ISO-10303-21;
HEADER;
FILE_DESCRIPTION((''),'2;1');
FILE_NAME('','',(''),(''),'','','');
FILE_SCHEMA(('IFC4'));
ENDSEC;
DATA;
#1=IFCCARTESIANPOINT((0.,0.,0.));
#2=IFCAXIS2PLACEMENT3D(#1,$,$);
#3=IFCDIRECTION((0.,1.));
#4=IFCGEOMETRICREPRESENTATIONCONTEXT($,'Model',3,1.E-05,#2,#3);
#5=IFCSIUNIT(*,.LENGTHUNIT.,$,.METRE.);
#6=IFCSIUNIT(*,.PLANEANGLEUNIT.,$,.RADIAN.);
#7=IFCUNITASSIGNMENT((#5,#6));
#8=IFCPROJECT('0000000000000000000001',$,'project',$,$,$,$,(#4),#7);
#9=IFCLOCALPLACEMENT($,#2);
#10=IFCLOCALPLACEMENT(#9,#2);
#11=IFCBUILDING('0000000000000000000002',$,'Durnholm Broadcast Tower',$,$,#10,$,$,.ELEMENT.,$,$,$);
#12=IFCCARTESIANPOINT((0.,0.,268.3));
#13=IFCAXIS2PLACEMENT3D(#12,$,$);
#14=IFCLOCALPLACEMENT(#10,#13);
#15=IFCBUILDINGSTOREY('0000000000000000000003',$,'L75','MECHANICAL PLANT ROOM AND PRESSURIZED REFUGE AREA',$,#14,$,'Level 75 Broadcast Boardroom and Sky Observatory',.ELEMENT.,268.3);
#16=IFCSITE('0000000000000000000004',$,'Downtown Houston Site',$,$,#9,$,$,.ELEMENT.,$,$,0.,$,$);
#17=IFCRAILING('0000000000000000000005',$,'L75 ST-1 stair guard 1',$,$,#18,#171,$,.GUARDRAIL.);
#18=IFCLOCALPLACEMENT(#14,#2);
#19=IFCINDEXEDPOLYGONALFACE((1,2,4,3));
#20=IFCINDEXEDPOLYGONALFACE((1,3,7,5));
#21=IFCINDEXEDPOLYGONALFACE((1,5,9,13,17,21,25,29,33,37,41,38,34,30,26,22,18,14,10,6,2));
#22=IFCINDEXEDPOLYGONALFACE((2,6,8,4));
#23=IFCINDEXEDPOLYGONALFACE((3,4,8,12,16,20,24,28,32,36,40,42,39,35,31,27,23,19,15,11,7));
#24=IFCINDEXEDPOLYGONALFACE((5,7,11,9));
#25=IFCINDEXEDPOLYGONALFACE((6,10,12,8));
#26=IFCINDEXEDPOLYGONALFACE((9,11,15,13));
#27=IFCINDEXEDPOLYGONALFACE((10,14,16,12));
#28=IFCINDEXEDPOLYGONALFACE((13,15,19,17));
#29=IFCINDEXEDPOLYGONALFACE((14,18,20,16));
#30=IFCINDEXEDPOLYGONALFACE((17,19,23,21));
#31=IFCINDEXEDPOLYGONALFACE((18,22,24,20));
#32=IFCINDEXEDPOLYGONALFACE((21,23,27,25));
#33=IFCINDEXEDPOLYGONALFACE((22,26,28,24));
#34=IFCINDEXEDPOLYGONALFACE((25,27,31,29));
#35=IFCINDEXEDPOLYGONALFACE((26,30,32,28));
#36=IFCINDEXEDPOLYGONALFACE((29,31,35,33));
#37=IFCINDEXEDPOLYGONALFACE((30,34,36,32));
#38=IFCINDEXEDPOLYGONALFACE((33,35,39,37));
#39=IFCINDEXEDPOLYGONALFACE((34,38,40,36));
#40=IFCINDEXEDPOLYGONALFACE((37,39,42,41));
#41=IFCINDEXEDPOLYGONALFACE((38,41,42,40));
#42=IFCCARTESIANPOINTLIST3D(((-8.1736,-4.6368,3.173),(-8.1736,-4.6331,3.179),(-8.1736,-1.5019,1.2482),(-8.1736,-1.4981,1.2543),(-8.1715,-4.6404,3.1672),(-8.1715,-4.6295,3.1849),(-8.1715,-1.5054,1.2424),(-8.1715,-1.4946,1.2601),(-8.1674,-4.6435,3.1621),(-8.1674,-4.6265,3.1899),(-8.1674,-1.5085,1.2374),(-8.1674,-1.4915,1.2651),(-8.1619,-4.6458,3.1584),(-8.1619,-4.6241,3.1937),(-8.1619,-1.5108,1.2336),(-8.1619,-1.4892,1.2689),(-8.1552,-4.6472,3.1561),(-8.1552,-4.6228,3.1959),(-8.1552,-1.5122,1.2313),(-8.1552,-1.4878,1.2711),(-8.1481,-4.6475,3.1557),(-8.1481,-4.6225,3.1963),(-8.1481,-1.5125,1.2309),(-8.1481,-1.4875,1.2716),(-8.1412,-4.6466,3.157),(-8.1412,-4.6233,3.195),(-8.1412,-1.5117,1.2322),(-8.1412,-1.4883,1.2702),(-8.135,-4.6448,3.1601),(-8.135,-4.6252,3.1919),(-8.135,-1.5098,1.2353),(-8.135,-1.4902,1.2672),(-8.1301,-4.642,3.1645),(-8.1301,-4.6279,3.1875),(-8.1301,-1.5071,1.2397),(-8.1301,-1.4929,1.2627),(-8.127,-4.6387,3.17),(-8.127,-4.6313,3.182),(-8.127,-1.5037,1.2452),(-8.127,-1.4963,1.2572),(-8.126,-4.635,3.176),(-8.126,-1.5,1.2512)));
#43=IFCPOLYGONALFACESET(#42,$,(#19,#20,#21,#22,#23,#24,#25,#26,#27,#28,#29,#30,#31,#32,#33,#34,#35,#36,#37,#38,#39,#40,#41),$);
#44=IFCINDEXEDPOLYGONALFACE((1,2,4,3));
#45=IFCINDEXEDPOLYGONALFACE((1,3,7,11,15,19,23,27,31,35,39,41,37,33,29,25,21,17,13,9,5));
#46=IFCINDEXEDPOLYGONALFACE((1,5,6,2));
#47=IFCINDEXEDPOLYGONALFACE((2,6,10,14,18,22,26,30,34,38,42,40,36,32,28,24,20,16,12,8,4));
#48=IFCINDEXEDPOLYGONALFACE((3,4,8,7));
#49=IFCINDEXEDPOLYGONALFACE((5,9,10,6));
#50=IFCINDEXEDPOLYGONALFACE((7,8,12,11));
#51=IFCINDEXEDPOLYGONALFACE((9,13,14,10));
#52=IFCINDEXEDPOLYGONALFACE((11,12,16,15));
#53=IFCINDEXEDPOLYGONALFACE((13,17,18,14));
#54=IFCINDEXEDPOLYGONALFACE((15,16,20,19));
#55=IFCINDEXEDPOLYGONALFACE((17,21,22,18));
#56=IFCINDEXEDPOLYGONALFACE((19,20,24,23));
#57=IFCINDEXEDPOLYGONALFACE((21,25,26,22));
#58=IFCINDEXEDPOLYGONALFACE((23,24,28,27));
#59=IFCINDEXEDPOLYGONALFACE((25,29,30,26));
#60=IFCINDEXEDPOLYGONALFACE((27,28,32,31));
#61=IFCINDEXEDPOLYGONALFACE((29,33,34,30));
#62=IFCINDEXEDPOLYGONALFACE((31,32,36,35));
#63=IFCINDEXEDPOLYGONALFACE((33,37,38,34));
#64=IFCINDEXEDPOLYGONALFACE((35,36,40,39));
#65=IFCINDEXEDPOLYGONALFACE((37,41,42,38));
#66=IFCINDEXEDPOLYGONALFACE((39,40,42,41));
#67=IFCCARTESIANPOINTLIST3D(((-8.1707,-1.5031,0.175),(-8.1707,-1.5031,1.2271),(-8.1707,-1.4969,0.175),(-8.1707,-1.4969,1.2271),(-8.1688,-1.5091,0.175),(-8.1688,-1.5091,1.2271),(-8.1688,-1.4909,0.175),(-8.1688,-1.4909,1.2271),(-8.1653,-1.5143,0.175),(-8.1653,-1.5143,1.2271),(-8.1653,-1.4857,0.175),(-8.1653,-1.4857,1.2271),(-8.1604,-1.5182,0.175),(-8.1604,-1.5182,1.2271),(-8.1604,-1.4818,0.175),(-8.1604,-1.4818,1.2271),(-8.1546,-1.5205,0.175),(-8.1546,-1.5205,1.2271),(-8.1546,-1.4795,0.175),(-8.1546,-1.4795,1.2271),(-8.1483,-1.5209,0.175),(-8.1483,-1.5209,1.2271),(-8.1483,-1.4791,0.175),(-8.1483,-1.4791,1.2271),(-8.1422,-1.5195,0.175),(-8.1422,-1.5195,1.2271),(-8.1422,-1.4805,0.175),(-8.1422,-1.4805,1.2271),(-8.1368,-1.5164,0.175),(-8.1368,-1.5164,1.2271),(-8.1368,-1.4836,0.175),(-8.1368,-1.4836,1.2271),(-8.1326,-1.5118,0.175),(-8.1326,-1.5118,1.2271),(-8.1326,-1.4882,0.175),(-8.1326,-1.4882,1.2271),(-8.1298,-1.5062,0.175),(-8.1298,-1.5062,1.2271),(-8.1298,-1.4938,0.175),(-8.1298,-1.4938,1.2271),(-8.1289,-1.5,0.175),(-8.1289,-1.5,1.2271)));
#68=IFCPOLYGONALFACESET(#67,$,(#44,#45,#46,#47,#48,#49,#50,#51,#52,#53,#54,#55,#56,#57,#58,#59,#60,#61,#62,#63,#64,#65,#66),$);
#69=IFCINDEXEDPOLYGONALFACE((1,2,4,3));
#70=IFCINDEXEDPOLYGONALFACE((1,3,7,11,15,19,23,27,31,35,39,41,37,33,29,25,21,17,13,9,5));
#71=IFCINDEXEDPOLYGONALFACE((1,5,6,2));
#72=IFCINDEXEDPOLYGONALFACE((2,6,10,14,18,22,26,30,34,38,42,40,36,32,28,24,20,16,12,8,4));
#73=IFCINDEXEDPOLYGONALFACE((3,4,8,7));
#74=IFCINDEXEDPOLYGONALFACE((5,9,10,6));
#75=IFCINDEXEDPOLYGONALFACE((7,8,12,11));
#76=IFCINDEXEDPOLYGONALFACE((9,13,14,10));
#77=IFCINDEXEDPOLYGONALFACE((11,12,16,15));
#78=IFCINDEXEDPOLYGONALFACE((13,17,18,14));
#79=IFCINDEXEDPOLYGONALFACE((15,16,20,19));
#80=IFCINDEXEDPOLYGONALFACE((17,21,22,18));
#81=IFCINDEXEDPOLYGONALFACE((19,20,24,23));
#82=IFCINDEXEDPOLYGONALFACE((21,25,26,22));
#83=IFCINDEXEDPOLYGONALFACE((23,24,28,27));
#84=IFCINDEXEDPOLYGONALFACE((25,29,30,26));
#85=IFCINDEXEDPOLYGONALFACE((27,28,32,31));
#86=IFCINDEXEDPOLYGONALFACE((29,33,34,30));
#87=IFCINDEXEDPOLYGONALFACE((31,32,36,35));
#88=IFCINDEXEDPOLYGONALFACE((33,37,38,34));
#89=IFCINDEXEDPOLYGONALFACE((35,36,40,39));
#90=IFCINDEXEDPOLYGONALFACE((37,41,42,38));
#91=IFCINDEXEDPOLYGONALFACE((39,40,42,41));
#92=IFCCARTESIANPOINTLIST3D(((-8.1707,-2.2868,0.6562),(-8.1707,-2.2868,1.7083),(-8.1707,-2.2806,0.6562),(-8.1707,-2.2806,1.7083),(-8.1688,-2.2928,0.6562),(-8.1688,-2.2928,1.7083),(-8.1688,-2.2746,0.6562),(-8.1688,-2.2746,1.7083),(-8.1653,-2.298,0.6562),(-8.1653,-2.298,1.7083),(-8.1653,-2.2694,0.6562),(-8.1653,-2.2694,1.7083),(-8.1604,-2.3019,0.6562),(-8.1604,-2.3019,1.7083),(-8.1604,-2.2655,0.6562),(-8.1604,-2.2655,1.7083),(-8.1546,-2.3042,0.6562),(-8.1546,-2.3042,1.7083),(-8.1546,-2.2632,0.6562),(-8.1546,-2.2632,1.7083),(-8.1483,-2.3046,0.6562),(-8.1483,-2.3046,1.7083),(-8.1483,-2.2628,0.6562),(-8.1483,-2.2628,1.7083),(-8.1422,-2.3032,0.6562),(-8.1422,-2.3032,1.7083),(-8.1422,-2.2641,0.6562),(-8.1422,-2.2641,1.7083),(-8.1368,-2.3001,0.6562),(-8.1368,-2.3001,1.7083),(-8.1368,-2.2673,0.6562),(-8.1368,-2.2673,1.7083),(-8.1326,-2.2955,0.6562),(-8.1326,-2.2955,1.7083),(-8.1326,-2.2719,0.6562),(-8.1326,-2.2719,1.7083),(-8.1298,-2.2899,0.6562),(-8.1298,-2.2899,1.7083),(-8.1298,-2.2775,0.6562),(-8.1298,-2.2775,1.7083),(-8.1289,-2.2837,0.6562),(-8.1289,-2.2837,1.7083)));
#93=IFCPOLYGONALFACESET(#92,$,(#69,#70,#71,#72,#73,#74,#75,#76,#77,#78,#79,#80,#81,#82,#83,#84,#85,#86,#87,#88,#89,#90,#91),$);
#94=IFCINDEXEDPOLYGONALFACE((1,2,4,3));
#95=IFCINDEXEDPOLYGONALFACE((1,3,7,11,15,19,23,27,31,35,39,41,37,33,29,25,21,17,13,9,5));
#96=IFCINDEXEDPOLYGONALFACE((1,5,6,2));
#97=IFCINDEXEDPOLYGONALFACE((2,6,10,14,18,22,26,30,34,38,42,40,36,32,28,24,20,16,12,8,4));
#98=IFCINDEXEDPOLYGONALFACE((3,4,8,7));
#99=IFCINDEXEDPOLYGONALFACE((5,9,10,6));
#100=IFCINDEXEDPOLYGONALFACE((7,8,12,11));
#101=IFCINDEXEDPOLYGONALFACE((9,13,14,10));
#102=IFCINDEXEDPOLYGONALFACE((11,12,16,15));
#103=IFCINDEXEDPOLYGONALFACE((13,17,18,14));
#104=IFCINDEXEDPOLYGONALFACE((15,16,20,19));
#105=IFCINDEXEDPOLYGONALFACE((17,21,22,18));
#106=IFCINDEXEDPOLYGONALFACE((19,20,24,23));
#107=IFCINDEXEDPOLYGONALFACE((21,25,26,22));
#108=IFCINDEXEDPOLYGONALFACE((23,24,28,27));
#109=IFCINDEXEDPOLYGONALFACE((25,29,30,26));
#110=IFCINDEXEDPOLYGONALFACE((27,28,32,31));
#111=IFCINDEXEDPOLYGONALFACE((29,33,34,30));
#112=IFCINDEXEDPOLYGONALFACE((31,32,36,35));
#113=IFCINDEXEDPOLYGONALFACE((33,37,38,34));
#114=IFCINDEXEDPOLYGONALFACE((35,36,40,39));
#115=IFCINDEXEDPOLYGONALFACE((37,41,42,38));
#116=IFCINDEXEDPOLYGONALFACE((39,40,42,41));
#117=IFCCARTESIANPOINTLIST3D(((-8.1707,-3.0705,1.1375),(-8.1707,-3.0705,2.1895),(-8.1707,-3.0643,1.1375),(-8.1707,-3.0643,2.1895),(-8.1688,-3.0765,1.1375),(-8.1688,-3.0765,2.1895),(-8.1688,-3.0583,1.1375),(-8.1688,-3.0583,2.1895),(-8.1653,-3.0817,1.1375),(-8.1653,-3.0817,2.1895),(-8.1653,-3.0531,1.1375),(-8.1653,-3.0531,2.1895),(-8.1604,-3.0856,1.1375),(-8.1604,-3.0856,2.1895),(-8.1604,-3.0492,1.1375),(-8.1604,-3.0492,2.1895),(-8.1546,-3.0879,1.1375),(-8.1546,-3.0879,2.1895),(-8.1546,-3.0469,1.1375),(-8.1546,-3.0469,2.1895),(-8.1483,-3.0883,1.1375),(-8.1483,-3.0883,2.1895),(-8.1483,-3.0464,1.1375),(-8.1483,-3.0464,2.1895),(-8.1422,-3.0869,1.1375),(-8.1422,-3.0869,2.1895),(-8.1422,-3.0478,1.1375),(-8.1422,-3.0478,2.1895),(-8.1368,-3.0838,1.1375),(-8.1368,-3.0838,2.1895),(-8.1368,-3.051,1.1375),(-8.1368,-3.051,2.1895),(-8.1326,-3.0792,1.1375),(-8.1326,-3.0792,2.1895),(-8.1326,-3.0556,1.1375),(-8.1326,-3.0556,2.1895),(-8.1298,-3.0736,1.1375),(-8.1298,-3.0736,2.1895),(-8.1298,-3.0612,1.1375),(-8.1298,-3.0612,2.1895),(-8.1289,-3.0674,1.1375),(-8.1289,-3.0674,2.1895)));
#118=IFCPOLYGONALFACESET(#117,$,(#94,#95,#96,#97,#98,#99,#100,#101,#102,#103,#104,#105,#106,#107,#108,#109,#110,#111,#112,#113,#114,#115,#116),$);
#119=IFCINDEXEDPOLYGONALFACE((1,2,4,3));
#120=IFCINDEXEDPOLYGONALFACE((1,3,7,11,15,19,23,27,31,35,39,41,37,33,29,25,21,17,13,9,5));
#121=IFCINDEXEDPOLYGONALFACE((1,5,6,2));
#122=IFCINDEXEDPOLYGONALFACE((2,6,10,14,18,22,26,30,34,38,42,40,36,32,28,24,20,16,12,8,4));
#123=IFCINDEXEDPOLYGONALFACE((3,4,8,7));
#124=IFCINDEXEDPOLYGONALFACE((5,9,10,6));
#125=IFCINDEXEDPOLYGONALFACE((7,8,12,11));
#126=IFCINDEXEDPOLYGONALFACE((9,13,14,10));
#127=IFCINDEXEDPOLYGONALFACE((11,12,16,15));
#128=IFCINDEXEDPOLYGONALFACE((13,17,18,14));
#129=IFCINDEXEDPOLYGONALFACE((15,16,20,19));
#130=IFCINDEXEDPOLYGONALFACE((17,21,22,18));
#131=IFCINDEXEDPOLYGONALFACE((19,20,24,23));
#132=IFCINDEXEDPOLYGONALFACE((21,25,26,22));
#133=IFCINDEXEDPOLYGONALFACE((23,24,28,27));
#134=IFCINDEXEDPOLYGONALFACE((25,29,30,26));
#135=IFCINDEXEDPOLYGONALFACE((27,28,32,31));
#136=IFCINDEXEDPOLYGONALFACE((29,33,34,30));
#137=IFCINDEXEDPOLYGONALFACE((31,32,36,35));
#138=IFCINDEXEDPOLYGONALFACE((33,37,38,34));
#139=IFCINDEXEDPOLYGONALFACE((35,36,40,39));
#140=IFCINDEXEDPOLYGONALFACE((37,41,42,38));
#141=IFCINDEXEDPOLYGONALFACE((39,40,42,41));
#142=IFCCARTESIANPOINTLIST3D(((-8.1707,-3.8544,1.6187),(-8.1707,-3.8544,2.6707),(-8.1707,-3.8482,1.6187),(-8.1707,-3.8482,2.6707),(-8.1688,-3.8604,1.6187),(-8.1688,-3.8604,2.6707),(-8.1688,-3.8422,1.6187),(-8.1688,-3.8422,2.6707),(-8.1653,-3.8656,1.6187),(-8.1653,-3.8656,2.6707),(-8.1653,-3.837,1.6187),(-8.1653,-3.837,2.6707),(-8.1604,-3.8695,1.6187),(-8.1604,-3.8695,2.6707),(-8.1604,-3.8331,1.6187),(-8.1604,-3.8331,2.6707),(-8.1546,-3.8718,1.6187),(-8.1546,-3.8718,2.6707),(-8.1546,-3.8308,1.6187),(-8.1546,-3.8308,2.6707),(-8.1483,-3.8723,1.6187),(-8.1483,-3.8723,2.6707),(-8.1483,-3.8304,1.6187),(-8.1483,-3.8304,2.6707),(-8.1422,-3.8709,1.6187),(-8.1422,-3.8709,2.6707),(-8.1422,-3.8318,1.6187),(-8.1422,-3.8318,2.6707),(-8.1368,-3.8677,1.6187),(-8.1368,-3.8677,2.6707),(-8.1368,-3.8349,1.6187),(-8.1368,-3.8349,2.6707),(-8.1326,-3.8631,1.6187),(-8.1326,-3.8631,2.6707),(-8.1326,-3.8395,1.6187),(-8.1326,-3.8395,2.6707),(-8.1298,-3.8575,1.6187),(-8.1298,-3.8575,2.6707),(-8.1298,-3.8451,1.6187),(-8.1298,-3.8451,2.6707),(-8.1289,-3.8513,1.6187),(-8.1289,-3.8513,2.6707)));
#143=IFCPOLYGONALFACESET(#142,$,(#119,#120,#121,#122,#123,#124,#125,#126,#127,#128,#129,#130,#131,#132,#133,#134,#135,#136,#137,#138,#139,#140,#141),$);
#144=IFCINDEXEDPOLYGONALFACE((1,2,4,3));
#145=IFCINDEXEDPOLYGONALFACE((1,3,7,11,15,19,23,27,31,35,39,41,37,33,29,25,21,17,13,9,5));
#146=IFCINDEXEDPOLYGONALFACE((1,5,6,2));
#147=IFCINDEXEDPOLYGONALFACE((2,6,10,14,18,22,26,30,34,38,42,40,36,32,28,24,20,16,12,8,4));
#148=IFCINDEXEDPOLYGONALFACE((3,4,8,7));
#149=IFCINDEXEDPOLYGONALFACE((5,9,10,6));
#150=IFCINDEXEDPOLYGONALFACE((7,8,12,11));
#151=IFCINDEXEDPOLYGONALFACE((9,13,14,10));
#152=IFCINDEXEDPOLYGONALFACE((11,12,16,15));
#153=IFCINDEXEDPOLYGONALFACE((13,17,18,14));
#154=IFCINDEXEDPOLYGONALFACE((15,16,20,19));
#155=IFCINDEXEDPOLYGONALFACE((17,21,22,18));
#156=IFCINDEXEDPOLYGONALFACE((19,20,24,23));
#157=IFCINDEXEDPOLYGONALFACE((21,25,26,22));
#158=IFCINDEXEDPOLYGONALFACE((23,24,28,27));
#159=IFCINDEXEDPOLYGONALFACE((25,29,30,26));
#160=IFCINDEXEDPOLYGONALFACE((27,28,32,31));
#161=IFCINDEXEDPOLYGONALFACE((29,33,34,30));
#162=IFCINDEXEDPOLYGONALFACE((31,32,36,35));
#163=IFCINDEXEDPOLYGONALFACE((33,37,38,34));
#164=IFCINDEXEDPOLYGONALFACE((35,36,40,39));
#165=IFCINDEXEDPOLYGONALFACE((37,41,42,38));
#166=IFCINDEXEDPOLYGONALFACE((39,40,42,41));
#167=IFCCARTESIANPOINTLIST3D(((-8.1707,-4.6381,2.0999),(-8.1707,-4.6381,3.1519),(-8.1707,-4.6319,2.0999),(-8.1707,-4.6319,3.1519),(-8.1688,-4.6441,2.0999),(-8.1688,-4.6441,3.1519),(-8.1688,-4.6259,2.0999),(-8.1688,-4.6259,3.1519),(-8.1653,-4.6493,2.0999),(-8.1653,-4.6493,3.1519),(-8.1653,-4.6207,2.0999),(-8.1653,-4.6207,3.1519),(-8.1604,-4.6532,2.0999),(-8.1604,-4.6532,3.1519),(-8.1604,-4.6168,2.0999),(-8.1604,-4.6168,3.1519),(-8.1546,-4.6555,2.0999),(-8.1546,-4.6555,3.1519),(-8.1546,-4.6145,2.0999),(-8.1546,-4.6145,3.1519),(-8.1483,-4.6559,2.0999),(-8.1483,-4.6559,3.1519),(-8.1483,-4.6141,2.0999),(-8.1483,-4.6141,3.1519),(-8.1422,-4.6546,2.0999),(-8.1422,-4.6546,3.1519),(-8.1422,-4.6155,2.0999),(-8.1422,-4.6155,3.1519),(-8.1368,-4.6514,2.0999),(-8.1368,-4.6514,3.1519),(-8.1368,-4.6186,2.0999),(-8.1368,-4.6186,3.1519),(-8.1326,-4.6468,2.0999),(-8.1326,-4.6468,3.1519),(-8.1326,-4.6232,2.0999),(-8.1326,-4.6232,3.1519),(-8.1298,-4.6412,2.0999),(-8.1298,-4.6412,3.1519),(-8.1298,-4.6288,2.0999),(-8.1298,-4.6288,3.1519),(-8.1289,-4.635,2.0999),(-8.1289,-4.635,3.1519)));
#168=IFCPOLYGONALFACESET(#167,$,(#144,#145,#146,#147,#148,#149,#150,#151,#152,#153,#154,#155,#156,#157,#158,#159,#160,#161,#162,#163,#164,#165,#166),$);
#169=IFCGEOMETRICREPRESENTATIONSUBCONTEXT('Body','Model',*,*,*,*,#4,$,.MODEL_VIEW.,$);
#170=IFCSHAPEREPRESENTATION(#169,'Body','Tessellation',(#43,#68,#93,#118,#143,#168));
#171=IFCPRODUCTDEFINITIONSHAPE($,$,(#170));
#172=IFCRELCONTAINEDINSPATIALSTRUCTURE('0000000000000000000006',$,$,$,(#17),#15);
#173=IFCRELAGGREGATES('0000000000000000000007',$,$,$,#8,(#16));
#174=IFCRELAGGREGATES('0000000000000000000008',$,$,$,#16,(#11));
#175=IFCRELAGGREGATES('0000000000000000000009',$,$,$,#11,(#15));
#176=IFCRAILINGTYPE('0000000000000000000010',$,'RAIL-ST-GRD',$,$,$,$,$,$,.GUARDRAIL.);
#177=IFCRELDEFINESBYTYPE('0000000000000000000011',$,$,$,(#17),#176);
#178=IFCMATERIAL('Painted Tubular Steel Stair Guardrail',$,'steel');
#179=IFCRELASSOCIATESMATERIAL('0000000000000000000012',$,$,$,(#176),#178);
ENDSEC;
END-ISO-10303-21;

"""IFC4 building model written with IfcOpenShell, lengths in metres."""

from ifc_helpers import new_model, si_unit, direction, frame, origin, origin_2d, place, context, subcontext, project, spatial, circle, extrude, material, type_object, element, save


model = new_model("IFC4")

# Units and contexts
model_context = context("Model", 3, precision=1e-05, world=origin(), true_north=direction((0.0, 1.0)))
body_context = subcontext(model_context, "Body", "Model", "MODEL_VIEW")
ifc_project = project(units=[si_unit("LENGTHUNIT", "METRE"), si_unit("PLANEANGLEUNIT", "RADIAN")], contexts=[model_context])

# Site, building, storey
site_placement = place(None, origin())
site = spatial("IfcSite", under=ifc_project, at=site_placement, Name="Downtown Houston Site", CompositionType="ELEMENT", RefElevation=0.0)
building_placement = place(site_placement, origin())
building = spatial("IfcBuilding", under=site, at=building_placement, Name="Durnholm Broadcast Tower", CompositionType="ELEMENT")
storey_placement = place(building_placement, frame((0.0, 0.0, 268.3)))
storey = spatial("IfcBuildingStorey", under=building, at=storey_placement, Name="L75", Description="MECHANICAL PLANT ROOM AND PRESSURIZED REFUGE AREA", LongName="Level 75 Broadcast Boardroom and Sky Observatory", CompositionType="ELEMENT", Elevation=268.3)

# Railing
ifc_material_1 = material(Name="Painted Tubular Steel Stair Guardrail", Category="steel")
railing_type_1 = type_object("IfcRailingType", Name="RAIL-ST-GRD", PredefinedType="GUARDRAIL", material=ifc_material_1)
railing_1_placement = place(storey_placement, frame((-8.1499, -1.5, 0.175)))
element("IfcRailing", 1, at=railing_1_placement, inside=storey, type_object=railing_type_1, Name="L75 ST-1 stair guard 1", PredefinedType="GUARDRAIL", context=body_context, shape_type="SweptSolid", body=[
    extrude(circle(Radius=0.0239, at=origin_2d()), frame((0.0, 0.0, 1.0762), z_axis=(0.0, -0.852196, 0.523223), x_axis=(1.0, 0.0, 0.0)), (0.0, 0.0, 1.0), 3.6787),
    extrude(circle(Radius=0.021, at=origin_2d()), origin(), (0.0, 0.0, 1.0), 1.052),
    extrude(circle(Radius=0.021, at=origin_2d()), frame((0.0, -0.7837, 0.4812)), (0.0, 0.0, 1.0), 1.052),
    extrude(circle(Radius=0.021, at=origin_2d()), frame((0.0, -1.5674, 0.9624)), (0.0, 0.0, 1.0), 1.052),
    extrude(circle(Radius=0.021, at=origin_2d()), frame((0.0, -2.3513, 1.4436)), (0.0, 0.0, 1.0), 1.052),
    extrude(circle(Radius=0.021, at=origin_2d()), frame((0.0, -3.135, 1.9248)), (0.0, 0.0, 1.0), 1.052),
])

save(model, "model.ifc")
